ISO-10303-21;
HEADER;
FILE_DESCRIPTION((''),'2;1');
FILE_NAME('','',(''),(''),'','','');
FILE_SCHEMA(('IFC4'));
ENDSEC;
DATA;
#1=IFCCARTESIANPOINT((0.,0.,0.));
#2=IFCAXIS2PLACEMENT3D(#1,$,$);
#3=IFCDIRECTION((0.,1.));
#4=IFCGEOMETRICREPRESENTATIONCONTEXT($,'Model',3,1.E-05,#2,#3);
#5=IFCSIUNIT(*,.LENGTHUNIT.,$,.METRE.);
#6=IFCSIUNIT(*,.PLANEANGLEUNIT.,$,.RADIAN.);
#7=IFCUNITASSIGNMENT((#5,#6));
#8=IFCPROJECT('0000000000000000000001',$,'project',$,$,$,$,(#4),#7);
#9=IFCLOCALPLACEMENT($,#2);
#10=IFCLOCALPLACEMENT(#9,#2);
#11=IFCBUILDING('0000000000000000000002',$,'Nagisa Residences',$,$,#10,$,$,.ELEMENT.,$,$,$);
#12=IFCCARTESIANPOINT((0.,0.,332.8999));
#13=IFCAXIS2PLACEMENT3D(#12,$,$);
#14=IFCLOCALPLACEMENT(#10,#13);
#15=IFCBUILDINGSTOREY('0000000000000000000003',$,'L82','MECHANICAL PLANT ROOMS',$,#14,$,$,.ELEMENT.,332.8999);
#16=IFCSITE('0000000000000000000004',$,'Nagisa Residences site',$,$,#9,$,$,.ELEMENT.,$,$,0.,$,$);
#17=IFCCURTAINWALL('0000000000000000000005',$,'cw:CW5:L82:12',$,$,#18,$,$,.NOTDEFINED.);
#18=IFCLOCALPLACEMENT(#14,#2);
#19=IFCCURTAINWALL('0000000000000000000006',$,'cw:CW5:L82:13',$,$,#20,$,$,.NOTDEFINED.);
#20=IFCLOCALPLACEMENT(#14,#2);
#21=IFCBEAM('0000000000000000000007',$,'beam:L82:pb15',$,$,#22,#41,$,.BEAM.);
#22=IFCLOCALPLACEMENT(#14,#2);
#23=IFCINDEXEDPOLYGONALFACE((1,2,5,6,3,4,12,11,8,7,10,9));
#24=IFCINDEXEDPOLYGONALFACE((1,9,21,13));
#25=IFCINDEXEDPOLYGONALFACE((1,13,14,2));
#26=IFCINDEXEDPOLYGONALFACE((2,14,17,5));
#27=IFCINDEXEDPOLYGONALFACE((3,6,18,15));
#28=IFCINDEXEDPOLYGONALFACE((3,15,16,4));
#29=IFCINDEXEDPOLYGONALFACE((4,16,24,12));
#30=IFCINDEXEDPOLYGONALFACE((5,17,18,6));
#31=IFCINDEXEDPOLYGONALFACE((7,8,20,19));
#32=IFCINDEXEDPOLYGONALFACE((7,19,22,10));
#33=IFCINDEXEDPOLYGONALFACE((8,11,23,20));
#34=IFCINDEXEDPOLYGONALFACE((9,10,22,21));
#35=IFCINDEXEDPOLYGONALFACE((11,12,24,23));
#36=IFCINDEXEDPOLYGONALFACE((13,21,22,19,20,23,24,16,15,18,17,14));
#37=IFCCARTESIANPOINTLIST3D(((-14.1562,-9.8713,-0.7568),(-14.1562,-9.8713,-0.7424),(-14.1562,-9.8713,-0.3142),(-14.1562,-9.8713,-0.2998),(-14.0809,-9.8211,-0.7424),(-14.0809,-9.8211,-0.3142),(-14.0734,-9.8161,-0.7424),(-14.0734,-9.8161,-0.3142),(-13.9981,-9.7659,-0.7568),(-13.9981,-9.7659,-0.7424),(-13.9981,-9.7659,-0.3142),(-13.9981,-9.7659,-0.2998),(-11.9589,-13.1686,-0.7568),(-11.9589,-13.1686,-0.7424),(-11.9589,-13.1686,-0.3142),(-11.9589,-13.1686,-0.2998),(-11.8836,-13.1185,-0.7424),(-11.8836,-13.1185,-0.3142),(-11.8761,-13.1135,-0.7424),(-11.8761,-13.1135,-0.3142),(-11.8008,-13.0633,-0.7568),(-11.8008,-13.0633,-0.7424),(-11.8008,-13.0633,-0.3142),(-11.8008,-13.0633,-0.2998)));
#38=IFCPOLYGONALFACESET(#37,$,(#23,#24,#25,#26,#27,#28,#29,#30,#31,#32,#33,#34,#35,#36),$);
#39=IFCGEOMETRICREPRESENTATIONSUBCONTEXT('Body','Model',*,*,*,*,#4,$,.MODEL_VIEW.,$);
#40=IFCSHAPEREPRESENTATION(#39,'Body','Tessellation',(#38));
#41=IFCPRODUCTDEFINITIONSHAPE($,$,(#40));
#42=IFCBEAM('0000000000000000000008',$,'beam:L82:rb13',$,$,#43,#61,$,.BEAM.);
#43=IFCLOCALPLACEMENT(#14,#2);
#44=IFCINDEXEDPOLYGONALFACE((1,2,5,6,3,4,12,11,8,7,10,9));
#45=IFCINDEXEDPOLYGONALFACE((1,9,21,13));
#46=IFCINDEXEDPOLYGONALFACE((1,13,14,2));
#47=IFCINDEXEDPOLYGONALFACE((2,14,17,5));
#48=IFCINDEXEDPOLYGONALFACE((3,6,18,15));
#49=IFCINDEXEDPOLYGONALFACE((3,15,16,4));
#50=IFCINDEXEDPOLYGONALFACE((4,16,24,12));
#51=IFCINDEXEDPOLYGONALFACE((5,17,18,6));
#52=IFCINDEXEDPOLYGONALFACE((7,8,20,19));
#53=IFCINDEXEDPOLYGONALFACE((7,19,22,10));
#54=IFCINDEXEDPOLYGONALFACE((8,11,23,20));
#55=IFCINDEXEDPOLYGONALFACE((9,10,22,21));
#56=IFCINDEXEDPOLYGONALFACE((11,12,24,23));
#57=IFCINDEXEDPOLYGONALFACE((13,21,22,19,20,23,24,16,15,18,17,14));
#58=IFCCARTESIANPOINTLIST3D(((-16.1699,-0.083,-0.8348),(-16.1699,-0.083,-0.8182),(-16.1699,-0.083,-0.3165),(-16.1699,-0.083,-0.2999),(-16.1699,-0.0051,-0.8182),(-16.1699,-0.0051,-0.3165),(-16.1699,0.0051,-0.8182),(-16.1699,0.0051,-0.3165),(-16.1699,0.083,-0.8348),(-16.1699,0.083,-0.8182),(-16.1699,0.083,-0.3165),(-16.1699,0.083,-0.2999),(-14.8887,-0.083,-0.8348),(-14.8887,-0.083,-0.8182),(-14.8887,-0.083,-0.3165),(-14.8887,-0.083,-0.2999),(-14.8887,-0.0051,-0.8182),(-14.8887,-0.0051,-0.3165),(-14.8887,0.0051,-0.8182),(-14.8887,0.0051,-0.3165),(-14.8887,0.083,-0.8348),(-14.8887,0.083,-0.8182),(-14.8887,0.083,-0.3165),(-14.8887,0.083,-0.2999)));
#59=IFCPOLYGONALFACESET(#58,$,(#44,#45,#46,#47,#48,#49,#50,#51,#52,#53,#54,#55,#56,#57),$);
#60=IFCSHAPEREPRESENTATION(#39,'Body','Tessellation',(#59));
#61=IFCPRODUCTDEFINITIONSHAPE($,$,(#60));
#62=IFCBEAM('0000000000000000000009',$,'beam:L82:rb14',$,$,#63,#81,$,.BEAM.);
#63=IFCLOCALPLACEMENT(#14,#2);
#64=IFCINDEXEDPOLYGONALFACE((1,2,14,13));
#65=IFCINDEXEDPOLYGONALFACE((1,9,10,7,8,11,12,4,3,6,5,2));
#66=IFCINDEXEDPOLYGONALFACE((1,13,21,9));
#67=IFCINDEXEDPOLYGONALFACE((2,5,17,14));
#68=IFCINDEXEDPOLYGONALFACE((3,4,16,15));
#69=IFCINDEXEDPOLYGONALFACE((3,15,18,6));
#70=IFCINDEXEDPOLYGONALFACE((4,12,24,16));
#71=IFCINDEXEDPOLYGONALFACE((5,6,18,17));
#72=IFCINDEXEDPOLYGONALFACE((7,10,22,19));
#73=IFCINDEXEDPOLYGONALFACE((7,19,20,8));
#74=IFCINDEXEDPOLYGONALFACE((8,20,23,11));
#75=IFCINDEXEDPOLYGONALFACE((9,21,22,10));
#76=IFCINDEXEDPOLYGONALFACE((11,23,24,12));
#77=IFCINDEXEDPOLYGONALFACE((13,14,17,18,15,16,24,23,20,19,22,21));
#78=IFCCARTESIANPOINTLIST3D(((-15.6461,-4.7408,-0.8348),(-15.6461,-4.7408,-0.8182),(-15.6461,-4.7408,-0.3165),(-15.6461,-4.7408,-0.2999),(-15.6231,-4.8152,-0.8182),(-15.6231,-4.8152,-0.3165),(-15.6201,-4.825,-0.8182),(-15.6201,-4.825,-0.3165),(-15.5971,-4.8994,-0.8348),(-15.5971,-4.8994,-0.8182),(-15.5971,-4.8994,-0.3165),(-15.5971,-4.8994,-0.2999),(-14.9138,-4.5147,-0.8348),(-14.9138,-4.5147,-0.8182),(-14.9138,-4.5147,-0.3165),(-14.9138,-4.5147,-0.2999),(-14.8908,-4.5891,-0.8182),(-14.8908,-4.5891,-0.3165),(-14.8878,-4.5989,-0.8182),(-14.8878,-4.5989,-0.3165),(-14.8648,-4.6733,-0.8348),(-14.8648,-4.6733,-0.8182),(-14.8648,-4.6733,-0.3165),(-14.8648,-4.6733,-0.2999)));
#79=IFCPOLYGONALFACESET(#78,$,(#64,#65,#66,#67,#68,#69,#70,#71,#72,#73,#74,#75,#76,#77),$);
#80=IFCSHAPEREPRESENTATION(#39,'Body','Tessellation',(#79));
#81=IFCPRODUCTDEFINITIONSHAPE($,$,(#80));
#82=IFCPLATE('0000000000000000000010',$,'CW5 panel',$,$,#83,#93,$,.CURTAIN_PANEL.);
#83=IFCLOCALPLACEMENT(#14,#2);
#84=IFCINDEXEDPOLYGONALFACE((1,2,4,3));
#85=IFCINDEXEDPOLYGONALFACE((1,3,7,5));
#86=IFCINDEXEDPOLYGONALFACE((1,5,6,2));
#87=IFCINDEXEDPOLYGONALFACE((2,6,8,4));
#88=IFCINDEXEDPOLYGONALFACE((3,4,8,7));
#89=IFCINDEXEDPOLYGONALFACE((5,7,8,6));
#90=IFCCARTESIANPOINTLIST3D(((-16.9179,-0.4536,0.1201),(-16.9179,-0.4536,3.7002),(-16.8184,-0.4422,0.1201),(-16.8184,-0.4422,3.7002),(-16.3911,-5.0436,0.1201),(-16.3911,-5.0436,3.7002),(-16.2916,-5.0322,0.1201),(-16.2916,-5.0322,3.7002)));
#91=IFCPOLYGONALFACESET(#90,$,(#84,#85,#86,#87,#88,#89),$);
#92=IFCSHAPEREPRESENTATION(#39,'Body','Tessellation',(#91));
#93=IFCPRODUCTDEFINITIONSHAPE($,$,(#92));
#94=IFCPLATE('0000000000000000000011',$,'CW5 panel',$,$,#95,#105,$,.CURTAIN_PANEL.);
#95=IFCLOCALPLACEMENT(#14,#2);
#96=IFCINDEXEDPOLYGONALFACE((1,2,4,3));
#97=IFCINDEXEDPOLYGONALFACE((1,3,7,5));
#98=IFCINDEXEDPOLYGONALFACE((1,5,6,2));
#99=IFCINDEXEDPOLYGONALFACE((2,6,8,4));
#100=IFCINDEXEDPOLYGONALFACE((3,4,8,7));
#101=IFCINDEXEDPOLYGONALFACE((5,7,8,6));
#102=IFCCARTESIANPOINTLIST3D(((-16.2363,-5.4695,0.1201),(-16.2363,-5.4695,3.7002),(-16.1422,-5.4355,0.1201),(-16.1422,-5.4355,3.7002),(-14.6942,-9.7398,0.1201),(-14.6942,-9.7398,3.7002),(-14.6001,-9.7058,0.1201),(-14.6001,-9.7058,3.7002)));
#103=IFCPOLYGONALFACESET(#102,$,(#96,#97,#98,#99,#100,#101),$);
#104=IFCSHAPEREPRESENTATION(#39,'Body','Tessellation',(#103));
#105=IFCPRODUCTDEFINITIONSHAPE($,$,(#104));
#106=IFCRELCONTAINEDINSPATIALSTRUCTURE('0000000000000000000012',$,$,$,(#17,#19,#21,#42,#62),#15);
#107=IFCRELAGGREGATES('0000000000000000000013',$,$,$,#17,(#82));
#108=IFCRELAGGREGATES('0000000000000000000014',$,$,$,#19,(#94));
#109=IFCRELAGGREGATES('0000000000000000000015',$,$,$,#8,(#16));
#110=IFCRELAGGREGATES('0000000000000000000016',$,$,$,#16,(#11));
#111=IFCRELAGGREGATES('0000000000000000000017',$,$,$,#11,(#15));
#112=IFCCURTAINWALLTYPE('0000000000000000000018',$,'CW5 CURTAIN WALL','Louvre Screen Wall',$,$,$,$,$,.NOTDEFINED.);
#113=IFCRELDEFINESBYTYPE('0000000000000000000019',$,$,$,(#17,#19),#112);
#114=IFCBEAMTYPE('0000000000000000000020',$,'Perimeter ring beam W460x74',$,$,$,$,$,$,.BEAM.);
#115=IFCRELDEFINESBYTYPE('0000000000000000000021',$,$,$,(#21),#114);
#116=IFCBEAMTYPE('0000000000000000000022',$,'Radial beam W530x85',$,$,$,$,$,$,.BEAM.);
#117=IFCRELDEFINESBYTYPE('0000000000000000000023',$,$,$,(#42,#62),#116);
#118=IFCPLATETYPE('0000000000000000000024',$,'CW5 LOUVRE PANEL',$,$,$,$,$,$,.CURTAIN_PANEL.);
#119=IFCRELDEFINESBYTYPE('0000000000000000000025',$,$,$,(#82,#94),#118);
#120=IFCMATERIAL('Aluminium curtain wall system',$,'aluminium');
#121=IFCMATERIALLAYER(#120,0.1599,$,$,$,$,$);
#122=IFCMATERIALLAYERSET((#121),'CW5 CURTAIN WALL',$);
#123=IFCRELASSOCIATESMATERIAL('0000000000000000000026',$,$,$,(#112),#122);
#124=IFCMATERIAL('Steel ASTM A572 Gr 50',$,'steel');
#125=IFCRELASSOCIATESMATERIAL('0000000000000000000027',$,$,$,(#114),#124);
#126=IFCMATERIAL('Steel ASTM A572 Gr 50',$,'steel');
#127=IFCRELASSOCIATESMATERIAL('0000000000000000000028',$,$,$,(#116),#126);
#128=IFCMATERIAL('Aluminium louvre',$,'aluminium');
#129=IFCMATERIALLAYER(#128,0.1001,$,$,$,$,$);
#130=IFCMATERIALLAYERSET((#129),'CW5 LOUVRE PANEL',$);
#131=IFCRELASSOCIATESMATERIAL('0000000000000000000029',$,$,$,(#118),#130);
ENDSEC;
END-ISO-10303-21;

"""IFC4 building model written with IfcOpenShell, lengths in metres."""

from ifc_helpers import new_model, si_unit, direction, frame, origin, origin_2d, place, context, subcontext, project, spatial, rectangle, i_section, extrude, material, layer, layer_set, material_profile, profile_set, type_object, element, aggregate, save


model = new_model("IFC4")

# Units and contexts
model_context = context("Model", 3, precision=1e-05, world=origin(), true_north=direction((0.0, 1.0)))
body_context = subcontext(model_context, "Body", "Model", "MODEL_VIEW")
ifc_project = project(units=[si_unit("LENGTHUNIT", "METRE"), si_unit("PLANEANGLEUNIT", "RADIAN")], contexts=[model_context])

# Site, building, storey
site_placement = place(None, origin())
site = spatial("IfcSite", under=ifc_project, at=site_placement, Name="Nagisa Residences site", CompositionType="ELEMENT", RefElevation=0.0)
building_placement = place(site_placement, origin())
building = spatial("IfcBuilding", under=site, at=building_placement, Name="Nagisa Residences", CompositionType="ELEMENT")
storey_placement = place(building_placement, frame((0.0, 0.0, 332.8999)))
storey = spatial("IfcBuildingStorey", under=building, at=storey_placement, Name="L82", Description="MECHANICAL PLANT ROOMS", CompositionType="ELEMENT", Elevation=332.8999)

# Curtain walls
ifc_material_1 = material(Name="Aluminium curtain wall system", Category="aluminium")
ifc_layer_1 = layer(ifc_material_1, 0.1599)
ifc_layer_set_1 = layer_set([ifc_layer_1], Name="CW5 CURTAIN WALL")
curtain_wall_type = type_object("IfcCurtainWallType", Name="CW5 CURTAIN WALL", Description="Louvre Screen Wall", PredefinedType="NOTDEFINED", material=ifc_layer_set_1)
curtain_wall_1_placement = place(storey_placement, origin())
curtain_wall_1 = element("IfcCurtainWall", 1, at=curtain_wall_1_placement, inside=storey, type_object=curtain_wall_type, Name="cw:CW5:L82:12", PredefinedType="NOTDEFINED")
curtain_wall_2_placement = place(storey_placement, origin())
curtain_wall_2 = element("IfcCurtainWall", 2, at=curtain_wall_2_placement, inside=storey, type_object=curtain_wall_type, Name="cw:CW5:L82:13", PredefinedType="NOTDEFINED")

# Beams
ifc_material_2 = material(Name="Steel ASTM A572 Gr 50", Category="steel")
ifc_material_profile_1 = material_profile(ifc_material_2, i_section(OverallWidth=0.1899, OverallDepth=0.457, WebThickness=0.009, FlangeThickness=0.0144, at=origin_2d()), Name="W460x74")
ifc_profile_set_1 = profile_set([ifc_material_profile_1], Name="Steel ASTM A572 Gr 50")
beam_type_1 = type_object("IfcBeamType", Name="Perimeter ring beam W460x74", PredefinedType="BEAM", material=ifc_profile_set_1)
beam_1_placement = place(storey_placement, frame((-14.0771, -9.8186, -0.5283), z_axis=(0.55453, -0.832164, 0.0), x_axis=(0.832164, 0.55453, 0.0)))
element("IfcBeam", 3, at=beam_1_placement, inside=storey, type_object=beam_type_1, Name="beam:L82:pb15", PredefinedType="BEAM", context=body_context, shape_type="SweptSolid", body=[
    extrude(i_section(OverallWidth=0.1899, OverallDepth=0.457, WebThickness=0.009, FlangeThickness=0.0144, at=origin_2d()), origin(), (0.0, 0.0, 1.0), 3.9624),
])
ifc_material_3 = material(Name="Steel ASTM A572 Gr 50", Category="steel")
ifc_material_profile_2 = material_profile(ifc_material_3, i_section(OverallWidth=0.166, OverallDepth=0.5349, WebThickness=0.0103, FlangeThickness=0.0166, at=origin_2d()), Name="W530x85")
ifc_profile_set_2 = profile_set([ifc_material_profile_2], Name="Steel ASTM A572 Gr 50")
beam_type_2 = type_object("IfcBeamType", Name="Radial beam W530x85", PredefinedType="BEAM", material=ifc_profile_set_2)
beam_2_placement = place(storey_placement, frame((-16.1699, 0.0, -0.5674), z_axis=(1.0, 0.0, 0.0), x_axis=(0.0, 1.0, 0.0)))
element("IfcBeam", 4, at=beam_2_placement, inside=storey, type_object=beam_type_2, Name="beam:L82:rb13", PredefinedType="BEAM", context=body_context, shape_type="SweptSolid", body=[
    extrude(i_section(OverallWidth=0.166, OverallDepth=0.5349, WebThickness=0.0103, FlangeThickness=0.0166, at=origin_2d()), origin(), (0.0, 0.0, 1.0), 1.2812),
])
beam_3_placement = place(storey_placement, frame((-15.6216, -4.8201, -0.5674), z_axis=(0.955489, 0.295026, 0.0), x_axis=(-0.295026, 0.955489, 0.0)))
element("IfcBeam", 5, at=beam_3_placement, inside=storey, type_object=beam_type_2, Name="beam:L82:rb14", PredefinedType="BEAM", context=body_context, shape_type="SweptSolid", body=[
    extrude(i_section(OverallWidth=0.166, OverallDepth=0.5349, WebThickness=0.0103, FlangeThickness=0.0166, at=origin_2d()), origin(), (0.0, 0.0, 1.0), 0.7664),
])

# Plates
ifc_material_4 = material(Name="Aluminium louvre", Category="aluminium")
ifc_layer_2 = layer(ifc_material_4, 0.1001)
ifc_layer_set_2 = layer_set([ifc_layer_2], Name="CW5 LOUVRE PANEL")
plate_type = type_object("IfcPlateType", Name="CW5 LOUVRE PANEL", PredefinedType="CURTAIN_PANEL", material=ifc_layer_set_2)
plate_1_placement = place(storey_placement, frame((-16.6047, -2.7429, 0.1201), z_axis=(0.0, 0.0, 1.0), x_axis=(0.114025, -0.993478, 0.0)))
plate_1 = element("IfcPlate", 6, at=plate_1_placement, type_object=plate_type, Name="CW5 panel", PredefinedType="CURTAIN_PANEL", context=body_context, shape_type="SweptSolid", body=[
    extrude(rectangle(XDim=4.6201, YDim=0.1001, at=origin_2d()), origin(), (0.0, 0.0, 1.0), 3.5801),
])
aggregate(curtain_wall_1, [plate_1])
plate_2_placement = place(storey_placement, frame((-15.4182, -7.5876, 0.1201), z_axis=(0.0, 0.0, 1.0), x_axis=(0.339643, -0.940554, 0.0)))
plate_2 = element("IfcPlate", 7, at=plate_2_placement, type_object=plate_type, Name="CW5 panel", PredefinedType="CURTAIN_PANEL", context=body_context, shape_type="SweptSolid", body=[
    extrude(rectangle(XDim=4.5403, YDim=0.1001, at=origin_2d()), origin(), (0.0, 0.0, 1.0), 3.5801),
])
aggregate(curtain_wall_2, [plate_2])

save(model, "model.ifc")
